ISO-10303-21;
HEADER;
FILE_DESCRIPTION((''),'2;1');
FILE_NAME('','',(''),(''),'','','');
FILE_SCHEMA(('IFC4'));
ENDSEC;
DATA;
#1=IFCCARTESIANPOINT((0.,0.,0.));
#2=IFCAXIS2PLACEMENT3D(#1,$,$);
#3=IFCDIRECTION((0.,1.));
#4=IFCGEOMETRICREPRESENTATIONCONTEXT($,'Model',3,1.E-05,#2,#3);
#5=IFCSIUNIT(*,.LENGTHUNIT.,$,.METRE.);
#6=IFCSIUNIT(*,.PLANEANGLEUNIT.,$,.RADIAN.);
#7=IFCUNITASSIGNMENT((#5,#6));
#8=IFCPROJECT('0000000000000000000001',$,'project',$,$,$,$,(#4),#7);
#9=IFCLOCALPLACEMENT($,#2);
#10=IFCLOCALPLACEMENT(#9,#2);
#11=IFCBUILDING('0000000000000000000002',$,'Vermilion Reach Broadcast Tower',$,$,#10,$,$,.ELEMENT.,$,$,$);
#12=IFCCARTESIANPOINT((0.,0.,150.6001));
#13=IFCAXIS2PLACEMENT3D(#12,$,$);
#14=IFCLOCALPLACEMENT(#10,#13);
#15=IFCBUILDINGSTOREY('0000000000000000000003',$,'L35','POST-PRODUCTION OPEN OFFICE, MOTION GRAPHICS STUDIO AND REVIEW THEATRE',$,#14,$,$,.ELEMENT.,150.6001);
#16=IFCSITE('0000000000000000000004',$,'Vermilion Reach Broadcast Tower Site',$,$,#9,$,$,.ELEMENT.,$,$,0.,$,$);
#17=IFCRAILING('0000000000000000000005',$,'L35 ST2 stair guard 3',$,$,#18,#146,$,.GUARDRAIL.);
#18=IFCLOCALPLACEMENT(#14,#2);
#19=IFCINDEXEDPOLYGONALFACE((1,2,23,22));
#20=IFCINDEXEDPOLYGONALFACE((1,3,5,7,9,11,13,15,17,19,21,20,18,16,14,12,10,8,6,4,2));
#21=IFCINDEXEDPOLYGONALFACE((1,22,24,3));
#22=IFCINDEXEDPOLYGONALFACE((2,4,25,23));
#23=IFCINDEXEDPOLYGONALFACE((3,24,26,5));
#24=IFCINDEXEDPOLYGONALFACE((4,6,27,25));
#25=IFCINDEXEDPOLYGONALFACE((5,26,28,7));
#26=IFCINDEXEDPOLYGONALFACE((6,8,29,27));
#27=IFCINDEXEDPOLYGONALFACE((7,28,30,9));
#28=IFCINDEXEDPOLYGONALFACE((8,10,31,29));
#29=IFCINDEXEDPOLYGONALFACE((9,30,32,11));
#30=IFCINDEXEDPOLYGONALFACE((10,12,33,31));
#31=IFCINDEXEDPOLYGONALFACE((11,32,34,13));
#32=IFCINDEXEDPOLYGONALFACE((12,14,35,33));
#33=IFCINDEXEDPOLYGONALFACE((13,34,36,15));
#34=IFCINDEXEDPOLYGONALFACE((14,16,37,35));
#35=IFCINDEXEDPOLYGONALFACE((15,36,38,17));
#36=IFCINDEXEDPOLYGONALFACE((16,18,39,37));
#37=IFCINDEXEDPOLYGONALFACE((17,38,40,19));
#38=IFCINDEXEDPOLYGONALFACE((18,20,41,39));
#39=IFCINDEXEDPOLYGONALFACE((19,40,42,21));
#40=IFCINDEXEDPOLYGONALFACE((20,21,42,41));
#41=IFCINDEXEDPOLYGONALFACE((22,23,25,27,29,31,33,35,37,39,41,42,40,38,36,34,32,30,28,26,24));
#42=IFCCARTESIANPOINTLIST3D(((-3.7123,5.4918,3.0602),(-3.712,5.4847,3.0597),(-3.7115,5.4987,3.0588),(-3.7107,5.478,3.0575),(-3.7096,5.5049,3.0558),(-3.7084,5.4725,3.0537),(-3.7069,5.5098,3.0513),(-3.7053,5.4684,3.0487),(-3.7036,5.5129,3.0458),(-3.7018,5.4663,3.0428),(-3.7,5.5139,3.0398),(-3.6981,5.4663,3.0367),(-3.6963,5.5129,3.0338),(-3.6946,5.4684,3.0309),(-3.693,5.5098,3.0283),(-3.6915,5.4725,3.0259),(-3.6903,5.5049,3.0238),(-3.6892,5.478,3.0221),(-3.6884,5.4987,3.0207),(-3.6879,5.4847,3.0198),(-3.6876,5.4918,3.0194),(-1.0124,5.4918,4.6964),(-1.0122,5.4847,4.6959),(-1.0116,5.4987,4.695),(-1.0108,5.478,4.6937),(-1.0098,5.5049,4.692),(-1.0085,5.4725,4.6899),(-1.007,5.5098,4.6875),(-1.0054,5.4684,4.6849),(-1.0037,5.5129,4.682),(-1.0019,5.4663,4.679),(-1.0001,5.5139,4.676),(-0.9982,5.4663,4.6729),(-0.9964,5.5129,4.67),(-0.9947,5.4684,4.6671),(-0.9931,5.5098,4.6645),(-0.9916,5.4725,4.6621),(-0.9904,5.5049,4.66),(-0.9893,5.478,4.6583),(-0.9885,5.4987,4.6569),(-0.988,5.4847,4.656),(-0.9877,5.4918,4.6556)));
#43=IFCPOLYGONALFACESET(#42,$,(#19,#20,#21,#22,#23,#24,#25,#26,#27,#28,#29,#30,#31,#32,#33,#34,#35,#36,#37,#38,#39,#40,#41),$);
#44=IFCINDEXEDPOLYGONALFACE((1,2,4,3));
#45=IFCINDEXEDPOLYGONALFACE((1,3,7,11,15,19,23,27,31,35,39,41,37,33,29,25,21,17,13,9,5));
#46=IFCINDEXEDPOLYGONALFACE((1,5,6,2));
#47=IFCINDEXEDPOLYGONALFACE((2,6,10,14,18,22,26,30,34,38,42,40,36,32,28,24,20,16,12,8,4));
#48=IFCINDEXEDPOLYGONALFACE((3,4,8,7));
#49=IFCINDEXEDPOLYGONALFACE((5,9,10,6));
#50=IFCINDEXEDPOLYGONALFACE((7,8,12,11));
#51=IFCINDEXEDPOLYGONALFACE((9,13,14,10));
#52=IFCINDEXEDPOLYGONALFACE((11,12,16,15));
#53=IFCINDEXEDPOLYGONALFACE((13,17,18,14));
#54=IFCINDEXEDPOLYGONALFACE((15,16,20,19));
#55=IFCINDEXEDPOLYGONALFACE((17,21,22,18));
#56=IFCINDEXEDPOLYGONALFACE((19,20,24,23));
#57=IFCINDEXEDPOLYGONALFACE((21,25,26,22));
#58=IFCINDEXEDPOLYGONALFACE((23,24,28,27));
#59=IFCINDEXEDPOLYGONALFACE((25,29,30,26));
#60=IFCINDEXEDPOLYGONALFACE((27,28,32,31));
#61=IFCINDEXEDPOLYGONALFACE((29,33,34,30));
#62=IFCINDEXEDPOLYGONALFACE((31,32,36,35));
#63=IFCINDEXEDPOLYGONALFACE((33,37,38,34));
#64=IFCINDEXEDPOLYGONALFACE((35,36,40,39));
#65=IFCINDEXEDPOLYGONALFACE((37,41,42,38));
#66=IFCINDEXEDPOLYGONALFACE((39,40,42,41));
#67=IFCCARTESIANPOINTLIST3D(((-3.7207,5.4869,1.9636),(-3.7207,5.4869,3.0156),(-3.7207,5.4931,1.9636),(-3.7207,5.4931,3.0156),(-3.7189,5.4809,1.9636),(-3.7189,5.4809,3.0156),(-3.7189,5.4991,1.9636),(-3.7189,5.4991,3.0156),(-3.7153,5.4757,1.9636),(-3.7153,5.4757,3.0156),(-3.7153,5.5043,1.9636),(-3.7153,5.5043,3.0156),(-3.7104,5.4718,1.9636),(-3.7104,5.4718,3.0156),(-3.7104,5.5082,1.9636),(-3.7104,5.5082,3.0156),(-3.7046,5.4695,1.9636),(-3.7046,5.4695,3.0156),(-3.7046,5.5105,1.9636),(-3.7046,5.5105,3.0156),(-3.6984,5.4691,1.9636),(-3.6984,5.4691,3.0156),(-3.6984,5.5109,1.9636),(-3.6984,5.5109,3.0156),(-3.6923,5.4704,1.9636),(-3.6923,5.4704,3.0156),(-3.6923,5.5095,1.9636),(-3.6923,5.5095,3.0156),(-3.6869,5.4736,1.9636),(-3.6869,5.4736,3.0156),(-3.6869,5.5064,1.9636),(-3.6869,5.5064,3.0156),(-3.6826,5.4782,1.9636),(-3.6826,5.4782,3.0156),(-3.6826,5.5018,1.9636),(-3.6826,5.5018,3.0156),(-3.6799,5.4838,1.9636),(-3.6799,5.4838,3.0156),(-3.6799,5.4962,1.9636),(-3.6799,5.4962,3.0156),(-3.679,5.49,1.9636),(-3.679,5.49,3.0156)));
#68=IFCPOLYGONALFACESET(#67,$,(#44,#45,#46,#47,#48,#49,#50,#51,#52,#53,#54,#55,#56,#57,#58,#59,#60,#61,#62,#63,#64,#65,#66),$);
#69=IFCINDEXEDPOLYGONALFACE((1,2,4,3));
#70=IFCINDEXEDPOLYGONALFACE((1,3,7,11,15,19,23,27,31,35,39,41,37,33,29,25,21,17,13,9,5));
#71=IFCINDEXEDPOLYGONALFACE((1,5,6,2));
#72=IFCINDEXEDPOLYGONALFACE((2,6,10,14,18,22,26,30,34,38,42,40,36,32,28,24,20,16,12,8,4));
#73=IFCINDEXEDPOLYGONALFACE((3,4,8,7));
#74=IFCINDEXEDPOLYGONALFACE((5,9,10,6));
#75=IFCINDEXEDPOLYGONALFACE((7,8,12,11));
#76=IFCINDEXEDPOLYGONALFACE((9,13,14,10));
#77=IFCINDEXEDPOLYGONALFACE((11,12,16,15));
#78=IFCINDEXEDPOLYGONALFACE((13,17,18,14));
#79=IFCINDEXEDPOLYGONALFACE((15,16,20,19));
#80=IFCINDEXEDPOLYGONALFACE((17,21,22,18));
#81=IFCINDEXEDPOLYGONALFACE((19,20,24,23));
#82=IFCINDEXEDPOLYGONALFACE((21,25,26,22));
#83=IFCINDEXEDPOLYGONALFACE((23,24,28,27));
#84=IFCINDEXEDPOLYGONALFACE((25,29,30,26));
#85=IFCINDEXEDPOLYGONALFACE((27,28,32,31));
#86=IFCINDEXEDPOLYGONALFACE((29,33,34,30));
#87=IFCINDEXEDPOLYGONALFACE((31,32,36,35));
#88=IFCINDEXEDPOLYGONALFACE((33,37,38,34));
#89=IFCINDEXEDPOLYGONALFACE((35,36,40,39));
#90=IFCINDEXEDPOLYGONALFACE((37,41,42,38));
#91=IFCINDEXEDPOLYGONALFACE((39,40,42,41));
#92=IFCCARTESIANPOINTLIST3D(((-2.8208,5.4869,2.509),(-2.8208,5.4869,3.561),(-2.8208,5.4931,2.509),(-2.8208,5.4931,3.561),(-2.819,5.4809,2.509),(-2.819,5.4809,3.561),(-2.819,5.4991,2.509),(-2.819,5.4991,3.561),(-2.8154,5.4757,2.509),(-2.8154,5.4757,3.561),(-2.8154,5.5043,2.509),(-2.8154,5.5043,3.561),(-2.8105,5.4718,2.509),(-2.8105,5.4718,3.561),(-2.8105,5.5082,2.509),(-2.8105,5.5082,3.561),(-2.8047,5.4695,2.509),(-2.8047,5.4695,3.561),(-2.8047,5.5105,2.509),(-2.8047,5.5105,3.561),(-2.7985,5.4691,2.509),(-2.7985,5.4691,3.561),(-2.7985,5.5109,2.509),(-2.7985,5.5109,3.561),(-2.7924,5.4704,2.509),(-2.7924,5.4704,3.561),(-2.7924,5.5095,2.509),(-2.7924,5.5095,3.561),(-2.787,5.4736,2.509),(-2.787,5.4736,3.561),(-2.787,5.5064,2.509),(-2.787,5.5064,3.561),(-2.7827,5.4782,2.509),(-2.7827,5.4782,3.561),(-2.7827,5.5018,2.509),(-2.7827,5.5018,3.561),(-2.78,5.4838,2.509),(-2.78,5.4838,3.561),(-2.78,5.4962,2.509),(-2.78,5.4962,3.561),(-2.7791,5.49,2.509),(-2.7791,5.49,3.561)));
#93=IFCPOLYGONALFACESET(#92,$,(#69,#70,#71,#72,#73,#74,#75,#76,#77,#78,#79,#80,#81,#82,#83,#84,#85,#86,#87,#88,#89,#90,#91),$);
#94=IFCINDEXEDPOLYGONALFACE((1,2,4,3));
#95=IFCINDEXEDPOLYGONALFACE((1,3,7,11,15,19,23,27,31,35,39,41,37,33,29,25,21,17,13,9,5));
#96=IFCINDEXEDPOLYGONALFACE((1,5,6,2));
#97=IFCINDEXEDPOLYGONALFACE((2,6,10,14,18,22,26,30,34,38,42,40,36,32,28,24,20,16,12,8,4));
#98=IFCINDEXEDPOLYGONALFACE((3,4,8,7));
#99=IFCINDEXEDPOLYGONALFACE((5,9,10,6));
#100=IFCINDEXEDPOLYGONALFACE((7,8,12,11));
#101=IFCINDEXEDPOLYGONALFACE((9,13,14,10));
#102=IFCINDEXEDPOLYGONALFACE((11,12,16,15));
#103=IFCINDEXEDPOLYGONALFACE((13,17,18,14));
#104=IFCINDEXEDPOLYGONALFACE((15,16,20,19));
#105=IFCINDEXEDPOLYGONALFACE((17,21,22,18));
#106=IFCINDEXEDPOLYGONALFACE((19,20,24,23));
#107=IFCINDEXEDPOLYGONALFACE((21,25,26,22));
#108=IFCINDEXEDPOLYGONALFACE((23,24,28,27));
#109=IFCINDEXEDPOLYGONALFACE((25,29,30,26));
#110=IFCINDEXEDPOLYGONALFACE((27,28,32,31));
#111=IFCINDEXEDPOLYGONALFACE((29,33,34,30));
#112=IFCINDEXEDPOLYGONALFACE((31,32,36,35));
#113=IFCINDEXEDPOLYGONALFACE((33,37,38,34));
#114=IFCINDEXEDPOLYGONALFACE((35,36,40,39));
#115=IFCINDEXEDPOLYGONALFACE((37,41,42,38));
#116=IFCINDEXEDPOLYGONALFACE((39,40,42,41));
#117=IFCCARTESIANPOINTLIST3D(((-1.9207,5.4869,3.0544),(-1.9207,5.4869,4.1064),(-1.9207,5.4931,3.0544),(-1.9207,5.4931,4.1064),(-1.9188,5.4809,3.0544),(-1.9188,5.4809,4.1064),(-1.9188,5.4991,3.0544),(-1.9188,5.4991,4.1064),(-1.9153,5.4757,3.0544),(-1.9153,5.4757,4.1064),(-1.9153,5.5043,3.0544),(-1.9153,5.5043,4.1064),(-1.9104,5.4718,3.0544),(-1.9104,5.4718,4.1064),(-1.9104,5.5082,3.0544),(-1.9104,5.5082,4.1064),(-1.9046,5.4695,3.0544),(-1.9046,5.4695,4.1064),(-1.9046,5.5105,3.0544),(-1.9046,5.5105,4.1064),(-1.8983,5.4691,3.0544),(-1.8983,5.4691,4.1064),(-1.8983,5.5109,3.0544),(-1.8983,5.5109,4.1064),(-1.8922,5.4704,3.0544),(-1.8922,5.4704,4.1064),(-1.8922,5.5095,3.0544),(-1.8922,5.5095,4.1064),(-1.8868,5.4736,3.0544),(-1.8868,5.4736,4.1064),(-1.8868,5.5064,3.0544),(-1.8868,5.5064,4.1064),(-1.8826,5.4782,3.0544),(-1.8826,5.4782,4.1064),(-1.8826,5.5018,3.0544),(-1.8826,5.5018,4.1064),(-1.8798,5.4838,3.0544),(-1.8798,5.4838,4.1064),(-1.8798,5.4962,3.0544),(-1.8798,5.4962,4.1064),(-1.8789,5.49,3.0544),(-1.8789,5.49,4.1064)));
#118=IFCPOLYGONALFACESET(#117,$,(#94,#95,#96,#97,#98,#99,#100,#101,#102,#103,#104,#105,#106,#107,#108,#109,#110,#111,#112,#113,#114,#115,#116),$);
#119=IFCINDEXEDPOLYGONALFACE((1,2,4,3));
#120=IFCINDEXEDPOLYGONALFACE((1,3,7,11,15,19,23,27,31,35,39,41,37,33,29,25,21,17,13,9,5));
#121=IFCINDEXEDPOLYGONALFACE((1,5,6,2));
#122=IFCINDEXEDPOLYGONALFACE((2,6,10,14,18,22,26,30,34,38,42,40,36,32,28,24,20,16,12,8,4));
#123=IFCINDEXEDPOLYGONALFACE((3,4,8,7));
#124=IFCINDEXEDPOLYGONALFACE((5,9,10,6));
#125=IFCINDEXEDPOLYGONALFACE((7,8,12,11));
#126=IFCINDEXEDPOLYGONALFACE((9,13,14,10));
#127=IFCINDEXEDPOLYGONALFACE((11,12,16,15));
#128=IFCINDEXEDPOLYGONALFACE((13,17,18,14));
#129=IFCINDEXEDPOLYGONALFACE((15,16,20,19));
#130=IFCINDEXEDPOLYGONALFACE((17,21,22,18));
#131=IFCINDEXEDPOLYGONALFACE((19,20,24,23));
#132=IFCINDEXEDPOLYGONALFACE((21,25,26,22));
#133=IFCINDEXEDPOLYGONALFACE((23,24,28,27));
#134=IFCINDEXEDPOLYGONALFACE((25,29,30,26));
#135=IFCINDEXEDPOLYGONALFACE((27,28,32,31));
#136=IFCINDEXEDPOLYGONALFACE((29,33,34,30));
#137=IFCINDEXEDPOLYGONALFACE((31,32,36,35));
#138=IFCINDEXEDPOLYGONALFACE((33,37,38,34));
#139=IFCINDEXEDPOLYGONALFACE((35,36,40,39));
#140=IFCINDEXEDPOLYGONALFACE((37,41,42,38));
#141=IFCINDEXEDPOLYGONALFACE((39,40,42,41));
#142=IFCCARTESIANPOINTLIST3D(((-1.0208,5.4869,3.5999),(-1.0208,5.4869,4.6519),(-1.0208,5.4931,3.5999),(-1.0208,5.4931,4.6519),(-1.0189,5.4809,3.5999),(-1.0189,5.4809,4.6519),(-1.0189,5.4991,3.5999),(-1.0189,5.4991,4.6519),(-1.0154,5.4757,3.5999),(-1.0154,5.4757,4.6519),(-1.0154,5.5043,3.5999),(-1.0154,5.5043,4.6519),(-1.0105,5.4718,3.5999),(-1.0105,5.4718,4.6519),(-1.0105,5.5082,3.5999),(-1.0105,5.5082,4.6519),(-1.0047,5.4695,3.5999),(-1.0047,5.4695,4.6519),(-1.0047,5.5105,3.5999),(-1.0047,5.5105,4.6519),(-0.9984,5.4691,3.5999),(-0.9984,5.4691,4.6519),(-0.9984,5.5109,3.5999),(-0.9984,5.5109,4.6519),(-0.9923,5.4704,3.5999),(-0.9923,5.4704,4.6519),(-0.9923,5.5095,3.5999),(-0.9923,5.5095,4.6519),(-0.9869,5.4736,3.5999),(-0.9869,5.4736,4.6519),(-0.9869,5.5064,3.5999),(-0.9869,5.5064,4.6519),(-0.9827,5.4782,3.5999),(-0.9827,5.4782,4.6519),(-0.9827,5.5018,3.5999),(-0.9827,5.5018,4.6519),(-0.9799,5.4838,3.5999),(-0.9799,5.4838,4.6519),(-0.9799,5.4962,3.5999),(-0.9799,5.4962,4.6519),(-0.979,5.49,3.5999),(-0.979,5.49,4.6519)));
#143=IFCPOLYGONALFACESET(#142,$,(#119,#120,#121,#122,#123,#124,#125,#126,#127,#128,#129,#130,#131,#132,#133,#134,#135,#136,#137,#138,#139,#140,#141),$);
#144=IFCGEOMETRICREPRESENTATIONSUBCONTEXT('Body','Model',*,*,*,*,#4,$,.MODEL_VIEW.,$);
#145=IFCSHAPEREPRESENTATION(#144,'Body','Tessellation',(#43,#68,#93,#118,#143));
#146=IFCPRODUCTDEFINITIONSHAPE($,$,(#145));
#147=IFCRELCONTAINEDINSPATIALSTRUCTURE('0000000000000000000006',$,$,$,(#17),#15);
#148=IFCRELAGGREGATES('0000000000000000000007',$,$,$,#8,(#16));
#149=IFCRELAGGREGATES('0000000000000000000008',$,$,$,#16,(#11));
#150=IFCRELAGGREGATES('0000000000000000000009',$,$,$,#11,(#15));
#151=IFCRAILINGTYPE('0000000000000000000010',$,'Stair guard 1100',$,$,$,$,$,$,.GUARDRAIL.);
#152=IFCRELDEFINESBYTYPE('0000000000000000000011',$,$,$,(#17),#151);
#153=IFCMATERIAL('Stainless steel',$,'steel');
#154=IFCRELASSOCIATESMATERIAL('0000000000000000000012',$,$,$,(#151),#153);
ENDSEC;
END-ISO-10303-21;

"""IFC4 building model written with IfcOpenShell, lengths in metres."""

from ifc_helpers import new_model, si_unit, direction, frame, origin, origin_2d, place, context, subcontext, project, spatial, circle, extrude, material, type_object, element, save


model = new_model("IFC4")

# Units and contexts
model_context = context("Model", 3, precision=1e-05, world=origin(), true_north=direction((0.0, 1.0)))
body_context = subcontext(model_context, "Body", "Model", "MODEL_VIEW")
ifc_project = project(units=[si_unit("LENGTHUNIT", "METRE"), si_unit("PLANEANGLEUNIT", "RADIAN")], contexts=[model_context])

# Site, building, storey
site_placement = place(None, origin())
site = spatial("IfcSite", under=ifc_project, at=site_placement, Name="Vermilion Reach Broadcast Tower Site", CompositionType="ELEMENT", RefElevation=0.0)
building_placement = place(site_placement, origin())
building = spatial("IfcBuilding", under=site, at=building_placement, Name="Vermilion Reach Broadcast Tower", CompositionType="ELEMENT")
storey_placement = place(building_placement, frame((0.0, 0.0, 150.6001)))
storey = spatial("IfcBuildingStorey", under=building, at=storey_placement, Name="L35", Description="POST-PRODUCTION OPEN OFFICE, MOTION GRAPHICS STUDIO AND REVIEW THEATRE", CompositionType="ELEMENT", Elevation=150.6001)

# Railing
ifc_material_1 = material(Name="Stainless steel", Category="steel")
railing_type_1 = type_object("IfcRailingType", Name="Stair guard 1100", PredefinedType="GUARDRAIL", material=ifc_material_1)
railing_1_placement = place(storey_placement, frame((-3.7, 5.49, 1.9636)))
element("IfcRailing", 1, at=railing_1_placement, inside=storey, type_object=railing_type_1, Name="L35 ST2 stair guard 3", PredefinedType="GUARDRAIL", context=body_context, shape_type="SweptSolid", body=[
    extrude(circle(Radius=0.0239, at=origin_2d()), frame((0.0, 0.0, 1.0762), z_axis=(0.855212, 0.0, 0.518278), x_axis=(0.0, 1.0, 0.0)), (0.0, 0.0, 1.0), 3.157),
    extrude(circle(Radius=0.021, at=origin_2d()), origin(), (0.0, 0.0, 1.0), 1.052),
    extrude(circle(Radius=0.021, at=origin_2d()), frame((0.8999, 0.0, 0.5454)), (0.0, 0.0, 1.0), 1.052),
    extrude(circle(Radius=0.021, at=origin_2d()), frame((1.8, 0.0, 1.0908)), (0.0, 0.0, 1.0), 1.052),
    extrude(circle(Radius=0.021, at=origin_2d()), frame((2.7, 0.0, 1.6362)), (0.0, 0.0, 1.0), 1.052),
])

save(model, "model.ifc")
